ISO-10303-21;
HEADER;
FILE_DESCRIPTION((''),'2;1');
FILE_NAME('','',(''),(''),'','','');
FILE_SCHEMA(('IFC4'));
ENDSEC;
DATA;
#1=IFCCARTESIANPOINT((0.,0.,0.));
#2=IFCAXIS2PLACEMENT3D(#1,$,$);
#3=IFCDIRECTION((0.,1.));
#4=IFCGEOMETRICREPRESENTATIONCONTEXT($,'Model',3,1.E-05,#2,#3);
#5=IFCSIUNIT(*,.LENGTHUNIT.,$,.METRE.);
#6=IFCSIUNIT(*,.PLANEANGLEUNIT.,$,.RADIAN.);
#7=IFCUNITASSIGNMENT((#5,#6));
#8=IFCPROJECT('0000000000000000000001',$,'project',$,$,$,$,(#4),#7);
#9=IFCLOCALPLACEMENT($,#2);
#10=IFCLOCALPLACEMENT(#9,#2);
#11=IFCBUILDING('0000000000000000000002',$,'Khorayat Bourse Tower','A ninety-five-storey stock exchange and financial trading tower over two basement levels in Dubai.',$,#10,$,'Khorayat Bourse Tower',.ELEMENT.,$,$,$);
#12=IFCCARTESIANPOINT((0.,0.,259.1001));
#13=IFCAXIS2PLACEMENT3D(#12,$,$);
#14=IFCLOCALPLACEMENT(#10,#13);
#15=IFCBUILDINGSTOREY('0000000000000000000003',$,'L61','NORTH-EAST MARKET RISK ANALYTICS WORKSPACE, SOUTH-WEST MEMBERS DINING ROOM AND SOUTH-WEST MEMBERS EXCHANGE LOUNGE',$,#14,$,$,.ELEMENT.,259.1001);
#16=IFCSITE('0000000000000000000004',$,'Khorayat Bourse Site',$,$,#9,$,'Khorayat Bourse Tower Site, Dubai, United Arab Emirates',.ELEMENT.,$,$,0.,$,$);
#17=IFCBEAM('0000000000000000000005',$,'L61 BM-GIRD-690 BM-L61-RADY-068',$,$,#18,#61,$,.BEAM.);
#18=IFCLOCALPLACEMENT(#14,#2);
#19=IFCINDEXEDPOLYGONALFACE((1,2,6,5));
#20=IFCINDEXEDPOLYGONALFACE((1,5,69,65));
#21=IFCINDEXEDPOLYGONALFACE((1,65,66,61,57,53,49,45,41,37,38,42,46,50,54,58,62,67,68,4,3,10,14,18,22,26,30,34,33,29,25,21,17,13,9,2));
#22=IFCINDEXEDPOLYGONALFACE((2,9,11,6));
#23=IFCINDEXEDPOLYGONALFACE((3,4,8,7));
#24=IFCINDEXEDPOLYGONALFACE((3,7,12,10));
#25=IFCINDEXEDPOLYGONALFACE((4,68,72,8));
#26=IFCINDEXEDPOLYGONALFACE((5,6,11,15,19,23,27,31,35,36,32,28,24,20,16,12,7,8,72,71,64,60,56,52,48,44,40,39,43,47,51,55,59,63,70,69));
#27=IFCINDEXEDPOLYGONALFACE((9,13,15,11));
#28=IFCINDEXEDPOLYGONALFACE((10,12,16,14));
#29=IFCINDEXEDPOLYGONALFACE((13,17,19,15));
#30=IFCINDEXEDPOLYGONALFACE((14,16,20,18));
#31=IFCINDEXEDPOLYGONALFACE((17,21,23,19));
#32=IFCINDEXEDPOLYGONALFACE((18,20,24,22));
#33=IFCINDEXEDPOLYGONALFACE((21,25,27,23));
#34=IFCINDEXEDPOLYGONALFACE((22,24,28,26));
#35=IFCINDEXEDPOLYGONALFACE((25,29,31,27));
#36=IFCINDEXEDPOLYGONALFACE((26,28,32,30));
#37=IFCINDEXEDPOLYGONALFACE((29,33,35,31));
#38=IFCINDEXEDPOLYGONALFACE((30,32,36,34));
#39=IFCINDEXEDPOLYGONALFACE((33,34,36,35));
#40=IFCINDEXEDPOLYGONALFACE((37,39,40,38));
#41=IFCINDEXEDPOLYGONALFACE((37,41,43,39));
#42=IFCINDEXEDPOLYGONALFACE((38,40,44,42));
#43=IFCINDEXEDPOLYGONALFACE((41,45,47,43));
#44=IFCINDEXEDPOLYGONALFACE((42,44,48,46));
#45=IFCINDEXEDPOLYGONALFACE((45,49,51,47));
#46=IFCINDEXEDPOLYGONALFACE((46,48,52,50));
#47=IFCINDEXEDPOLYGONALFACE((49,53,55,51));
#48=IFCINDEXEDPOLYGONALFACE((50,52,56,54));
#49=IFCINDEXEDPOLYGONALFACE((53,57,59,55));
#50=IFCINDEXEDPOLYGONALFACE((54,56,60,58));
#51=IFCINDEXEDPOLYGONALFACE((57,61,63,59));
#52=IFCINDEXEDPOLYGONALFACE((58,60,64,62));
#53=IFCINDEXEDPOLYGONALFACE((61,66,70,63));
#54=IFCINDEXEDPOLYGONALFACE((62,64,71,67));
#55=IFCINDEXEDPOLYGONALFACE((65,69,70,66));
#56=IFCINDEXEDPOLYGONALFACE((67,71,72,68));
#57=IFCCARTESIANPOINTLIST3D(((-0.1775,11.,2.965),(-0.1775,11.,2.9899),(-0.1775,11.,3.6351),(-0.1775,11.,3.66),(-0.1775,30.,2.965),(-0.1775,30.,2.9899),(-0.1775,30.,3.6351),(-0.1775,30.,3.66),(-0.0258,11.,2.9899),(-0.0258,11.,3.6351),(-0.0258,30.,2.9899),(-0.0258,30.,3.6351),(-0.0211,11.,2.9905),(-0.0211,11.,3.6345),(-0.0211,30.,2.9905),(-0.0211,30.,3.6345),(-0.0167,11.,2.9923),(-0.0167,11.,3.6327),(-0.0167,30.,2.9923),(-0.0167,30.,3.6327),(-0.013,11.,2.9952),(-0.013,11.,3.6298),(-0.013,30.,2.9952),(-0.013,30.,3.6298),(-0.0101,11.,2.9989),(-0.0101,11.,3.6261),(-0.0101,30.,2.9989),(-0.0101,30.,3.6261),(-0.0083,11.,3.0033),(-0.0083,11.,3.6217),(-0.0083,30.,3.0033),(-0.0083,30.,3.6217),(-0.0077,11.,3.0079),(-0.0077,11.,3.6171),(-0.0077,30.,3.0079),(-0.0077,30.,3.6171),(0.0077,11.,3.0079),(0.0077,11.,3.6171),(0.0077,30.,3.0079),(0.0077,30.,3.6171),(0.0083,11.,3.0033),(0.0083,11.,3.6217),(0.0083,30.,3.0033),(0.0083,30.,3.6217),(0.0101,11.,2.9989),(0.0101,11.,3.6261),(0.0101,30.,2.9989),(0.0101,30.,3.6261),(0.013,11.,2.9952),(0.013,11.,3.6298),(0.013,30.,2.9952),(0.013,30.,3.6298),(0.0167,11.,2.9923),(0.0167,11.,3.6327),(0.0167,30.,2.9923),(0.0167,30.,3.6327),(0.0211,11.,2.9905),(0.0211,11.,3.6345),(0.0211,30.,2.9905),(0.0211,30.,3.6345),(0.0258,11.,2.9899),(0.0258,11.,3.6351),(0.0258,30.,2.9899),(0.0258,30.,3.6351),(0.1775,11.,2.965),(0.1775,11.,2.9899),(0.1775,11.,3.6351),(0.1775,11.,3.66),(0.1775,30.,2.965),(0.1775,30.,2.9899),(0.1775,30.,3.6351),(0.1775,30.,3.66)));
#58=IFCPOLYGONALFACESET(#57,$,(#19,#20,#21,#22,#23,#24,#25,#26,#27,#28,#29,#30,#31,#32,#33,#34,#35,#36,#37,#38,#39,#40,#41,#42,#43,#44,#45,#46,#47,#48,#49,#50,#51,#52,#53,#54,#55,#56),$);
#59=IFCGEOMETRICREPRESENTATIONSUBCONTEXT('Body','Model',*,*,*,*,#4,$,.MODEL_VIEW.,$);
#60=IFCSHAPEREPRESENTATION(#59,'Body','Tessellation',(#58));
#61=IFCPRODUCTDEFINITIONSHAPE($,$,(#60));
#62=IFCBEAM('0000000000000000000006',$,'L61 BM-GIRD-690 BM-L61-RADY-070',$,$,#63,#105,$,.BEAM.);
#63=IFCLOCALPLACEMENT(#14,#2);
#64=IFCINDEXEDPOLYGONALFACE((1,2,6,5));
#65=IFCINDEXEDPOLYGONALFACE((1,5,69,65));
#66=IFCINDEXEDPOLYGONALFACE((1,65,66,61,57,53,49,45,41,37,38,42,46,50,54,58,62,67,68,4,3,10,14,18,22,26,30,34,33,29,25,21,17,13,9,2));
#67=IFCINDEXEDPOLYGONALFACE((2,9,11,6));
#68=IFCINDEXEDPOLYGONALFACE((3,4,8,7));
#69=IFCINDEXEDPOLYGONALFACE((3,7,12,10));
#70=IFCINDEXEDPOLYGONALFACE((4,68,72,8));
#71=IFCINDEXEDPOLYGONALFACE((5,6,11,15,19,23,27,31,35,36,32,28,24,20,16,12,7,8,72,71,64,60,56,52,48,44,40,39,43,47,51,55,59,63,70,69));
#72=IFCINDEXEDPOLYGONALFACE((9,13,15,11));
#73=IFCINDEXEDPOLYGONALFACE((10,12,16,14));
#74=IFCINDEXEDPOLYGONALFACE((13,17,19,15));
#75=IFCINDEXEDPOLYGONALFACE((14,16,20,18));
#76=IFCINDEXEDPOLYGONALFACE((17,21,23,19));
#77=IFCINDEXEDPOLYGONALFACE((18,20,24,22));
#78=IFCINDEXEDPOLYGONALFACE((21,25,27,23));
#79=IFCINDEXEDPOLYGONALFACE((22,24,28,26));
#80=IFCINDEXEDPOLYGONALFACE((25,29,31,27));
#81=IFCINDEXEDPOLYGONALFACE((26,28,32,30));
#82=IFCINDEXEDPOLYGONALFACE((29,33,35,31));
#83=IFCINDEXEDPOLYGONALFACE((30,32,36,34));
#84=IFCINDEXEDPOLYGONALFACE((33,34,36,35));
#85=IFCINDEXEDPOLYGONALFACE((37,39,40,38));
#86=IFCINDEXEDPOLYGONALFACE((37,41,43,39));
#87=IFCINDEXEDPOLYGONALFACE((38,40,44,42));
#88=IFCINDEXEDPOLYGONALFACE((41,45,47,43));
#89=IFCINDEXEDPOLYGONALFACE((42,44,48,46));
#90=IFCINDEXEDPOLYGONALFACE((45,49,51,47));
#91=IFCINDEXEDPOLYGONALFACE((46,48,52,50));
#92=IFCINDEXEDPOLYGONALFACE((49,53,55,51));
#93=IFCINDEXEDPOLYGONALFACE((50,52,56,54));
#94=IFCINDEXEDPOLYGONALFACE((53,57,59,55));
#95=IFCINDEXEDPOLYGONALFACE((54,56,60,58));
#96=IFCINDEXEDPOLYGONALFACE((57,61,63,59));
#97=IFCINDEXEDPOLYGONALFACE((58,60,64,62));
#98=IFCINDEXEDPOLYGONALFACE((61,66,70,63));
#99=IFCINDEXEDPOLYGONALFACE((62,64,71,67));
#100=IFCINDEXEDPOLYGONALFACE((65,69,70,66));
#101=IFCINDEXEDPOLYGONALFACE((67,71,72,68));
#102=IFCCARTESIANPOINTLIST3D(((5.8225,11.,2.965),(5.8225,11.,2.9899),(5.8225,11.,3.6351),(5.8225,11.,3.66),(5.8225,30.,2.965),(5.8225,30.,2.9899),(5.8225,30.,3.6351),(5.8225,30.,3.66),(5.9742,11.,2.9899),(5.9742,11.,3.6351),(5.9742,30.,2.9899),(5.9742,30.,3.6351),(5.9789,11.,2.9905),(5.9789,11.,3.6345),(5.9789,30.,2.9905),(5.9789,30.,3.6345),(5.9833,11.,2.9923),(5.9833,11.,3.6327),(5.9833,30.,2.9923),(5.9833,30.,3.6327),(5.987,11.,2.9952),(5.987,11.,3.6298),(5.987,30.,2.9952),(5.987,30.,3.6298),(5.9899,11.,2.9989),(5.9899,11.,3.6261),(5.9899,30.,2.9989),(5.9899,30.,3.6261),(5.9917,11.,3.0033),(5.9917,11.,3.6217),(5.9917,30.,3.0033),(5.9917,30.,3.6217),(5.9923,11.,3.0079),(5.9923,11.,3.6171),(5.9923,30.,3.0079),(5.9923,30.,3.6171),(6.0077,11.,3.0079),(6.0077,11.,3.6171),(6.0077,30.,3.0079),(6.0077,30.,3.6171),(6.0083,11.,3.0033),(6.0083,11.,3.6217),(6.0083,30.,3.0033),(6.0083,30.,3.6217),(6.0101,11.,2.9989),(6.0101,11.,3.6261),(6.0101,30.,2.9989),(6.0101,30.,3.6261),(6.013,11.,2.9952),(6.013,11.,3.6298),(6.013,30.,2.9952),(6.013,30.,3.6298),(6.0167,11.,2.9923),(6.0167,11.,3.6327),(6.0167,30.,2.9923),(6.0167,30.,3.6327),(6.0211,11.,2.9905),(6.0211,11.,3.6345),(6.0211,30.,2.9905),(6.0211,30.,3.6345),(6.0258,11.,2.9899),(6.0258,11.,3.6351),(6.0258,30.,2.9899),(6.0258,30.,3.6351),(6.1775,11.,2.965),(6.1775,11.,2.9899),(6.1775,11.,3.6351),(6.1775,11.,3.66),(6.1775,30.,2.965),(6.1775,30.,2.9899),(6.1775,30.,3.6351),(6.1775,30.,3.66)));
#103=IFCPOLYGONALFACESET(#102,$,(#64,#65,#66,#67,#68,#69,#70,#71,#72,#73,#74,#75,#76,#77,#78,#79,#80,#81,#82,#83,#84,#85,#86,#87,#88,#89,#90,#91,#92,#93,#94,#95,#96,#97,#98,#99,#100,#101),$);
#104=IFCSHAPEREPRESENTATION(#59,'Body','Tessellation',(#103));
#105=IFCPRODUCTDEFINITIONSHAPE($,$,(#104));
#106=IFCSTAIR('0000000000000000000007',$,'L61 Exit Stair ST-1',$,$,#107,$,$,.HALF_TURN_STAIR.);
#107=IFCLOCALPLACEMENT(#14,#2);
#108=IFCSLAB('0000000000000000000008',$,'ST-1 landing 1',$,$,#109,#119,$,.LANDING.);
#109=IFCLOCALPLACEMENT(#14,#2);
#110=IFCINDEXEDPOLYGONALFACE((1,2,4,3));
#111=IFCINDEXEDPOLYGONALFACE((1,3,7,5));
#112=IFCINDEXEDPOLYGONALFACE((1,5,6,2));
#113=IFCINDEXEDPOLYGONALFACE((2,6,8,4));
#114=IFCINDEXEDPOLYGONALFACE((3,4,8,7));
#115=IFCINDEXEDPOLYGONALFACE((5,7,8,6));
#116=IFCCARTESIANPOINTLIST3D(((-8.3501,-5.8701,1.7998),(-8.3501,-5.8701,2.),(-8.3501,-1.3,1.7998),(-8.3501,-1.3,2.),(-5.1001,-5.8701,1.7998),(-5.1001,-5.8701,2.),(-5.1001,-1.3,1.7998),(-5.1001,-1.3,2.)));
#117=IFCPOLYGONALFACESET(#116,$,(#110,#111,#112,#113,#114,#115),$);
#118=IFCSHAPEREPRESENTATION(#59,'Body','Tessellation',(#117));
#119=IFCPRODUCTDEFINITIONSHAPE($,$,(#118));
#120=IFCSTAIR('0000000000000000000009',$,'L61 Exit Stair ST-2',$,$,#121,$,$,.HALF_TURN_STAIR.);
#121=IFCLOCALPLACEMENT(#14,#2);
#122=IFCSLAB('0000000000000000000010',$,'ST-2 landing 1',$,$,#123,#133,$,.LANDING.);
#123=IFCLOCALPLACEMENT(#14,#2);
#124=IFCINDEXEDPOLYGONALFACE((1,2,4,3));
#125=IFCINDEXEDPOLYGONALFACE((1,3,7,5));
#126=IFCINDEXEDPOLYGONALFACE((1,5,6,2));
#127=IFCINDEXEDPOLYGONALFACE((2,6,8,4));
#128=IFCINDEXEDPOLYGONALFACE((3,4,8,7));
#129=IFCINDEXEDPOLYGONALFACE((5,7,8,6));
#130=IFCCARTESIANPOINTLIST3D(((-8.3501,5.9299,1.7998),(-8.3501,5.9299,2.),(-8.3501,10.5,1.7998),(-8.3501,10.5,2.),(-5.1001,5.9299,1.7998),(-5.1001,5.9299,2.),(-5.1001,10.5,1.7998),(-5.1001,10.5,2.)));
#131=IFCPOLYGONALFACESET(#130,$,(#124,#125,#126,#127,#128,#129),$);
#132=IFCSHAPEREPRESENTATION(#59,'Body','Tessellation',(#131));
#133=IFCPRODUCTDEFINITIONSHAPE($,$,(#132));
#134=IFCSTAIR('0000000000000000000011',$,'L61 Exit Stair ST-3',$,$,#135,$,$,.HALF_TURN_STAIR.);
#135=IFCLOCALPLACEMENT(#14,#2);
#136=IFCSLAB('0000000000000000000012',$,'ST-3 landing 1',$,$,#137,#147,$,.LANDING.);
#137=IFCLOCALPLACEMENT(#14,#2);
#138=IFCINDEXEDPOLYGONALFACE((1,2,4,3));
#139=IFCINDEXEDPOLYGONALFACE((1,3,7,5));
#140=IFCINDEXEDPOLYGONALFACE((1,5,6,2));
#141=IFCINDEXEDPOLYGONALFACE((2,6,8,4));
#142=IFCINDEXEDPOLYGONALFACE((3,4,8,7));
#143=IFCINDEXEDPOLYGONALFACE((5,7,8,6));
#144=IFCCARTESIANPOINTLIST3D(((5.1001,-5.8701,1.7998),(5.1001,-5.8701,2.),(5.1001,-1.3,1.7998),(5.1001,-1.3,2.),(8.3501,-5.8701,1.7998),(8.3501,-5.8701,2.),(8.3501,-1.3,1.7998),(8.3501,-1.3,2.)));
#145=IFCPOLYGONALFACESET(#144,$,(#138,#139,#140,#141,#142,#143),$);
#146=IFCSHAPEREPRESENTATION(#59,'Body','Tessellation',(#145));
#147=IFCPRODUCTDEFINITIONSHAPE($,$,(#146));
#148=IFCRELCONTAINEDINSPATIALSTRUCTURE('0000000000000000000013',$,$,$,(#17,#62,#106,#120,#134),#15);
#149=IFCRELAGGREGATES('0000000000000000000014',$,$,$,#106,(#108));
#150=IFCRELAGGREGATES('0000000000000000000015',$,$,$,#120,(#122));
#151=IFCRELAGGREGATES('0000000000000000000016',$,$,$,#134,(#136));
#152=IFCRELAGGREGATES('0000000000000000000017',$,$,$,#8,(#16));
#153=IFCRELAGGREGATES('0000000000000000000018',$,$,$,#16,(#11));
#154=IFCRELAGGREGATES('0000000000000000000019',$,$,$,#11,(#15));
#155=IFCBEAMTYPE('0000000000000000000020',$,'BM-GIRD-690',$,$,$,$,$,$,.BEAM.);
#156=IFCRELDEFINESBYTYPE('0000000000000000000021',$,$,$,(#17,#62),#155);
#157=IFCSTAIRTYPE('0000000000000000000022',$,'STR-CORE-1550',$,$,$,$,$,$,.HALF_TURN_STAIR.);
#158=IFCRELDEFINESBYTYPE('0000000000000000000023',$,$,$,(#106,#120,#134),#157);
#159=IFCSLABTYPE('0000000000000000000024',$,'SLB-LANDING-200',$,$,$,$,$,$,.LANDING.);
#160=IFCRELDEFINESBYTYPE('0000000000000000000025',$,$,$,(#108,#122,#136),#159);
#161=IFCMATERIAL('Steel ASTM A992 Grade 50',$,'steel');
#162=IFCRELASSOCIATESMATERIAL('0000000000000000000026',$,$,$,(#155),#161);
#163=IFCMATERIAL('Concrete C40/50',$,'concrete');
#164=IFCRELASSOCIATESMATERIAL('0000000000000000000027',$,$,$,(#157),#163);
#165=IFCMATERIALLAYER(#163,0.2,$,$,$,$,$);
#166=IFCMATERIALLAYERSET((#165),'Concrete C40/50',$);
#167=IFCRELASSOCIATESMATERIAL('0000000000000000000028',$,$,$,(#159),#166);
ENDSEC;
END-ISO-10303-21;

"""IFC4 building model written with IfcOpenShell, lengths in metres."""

from ifc_helpers import new_model, si_unit, direction, frame, origin, origin_2d, place, context, subcontext, project, spatial, polyline, i_section, outline, extrude, source, transform, mapped, material, layer, layer_set, material_profile, profile_set, type_object, element, aggregate, save


model = new_model("IFC4")

# Units and contexts
model_context = context("Model", 3, precision=1e-05, world=origin(), true_north=direction((0.0, 1.0)))
body_context = subcontext(model_context, "Body", "Model", "MODEL_VIEW")
ifc_project = project(units=[si_unit("LENGTHUNIT", "METRE"), si_unit("PLANEANGLEUNIT", "RADIAN")], contexts=[model_context])

# Site, building, storey
site_placement = place(None, origin())
site = spatial("IfcSite", under=ifc_project, at=site_placement, Name="Khorayat Bourse Site", LongName="Khorayat Bourse Tower Site, Dubai, United Arab Emirates", CompositionType="ELEMENT", RefElevation=0.0)
building_placement = place(site_placement, origin())
building = spatial("IfcBuilding", under=site, at=building_placement, Name="Khorayat Bourse Tower", Description="A ninety-five-storey stock exchange and financial trading tower over two basement levels in Dubai.", LongName="Khorayat Bourse Tower", CompositionType="ELEMENT")
storey_placement = place(building_placement, frame((0.0, 0.0, 259.1001)))
storey = spatial("IfcBuildingStorey", under=building, at=storey_placement, Name="L61", Description="NORTH-EAST MARKET RISK ANALYTICS WORKSPACE, SOUTH-WEST MEMBERS DINING ROOM AND SOUTH-WEST MEMBERS EXCHANGE LOUNGE", CompositionType="ELEMENT", Elevation=259.1001)

# Beams
ifc_material_1 = material(Name="Steel ASTM A992 Grade 50", Category="steel")
ifc_material_profile_1 = material_profile(ifc_material_1, i_section(OverallWidth=0.355, OverallDepth=0.6951, WebThickness=0.0154, FlangeThickness=0.0249, FilletRadius=0.0181, at=origin_2d()), Name="W690X217")
ifc_profile_set_1 = profile_set([ifc_material_profile_1], Name="Steel ASTM A992 Grade 50")
beam_type_1 = type_object("IfcBeamType", Name="BM-GIRD-690", PredefinedType="BEAM", material=ifc_profile_set_1)
shared_shape_1 = source(origin(), body_context, "Body", "SweptSolid", [
    extrude(i_section(OverallWidth=0.355, OverallDepth=0.6951, WebThickness=0.0154, FlangeThickness=0.0249, FilletRadius=0.0181, at=origin_2d()), origin(), (0.0, 0.0, 1.0), 19.0),
])
for number, where, z_axis, x_axis, name in (
    (1, (0.0, 11.0, 3.3125), (0.0, 1.0, 0.0), (-1.0, 0.0, 0.0), "L61 BM-GIRD-690 BM-L61-RADY-068"),
    (2, (6.0, 11.0, 3.3125), (0.0, 1.0, 0.0), (-1.0, 0.0, 0.0), "L61 BM-GIRD-690 BM-L61-RADY-070"),
):
    element("IfcBeam", number, at=place(storey_placement, frame(where, z_axis=z_axis, x_axis=x_axis)), inside=storey, type_object=beam_type_1, Name=name, PredefinedType="BEAM", context=body_context, shape_type="MappedRepresentation", body=[
        mapped(shared_shape_1, transform((0.0, 0.0, 0.0), scale=1.0)),
    ])

# Stairs, slabs
ifc_material_2 = material(Name="Concrete C40/50", Category="concrete")
stair_type = type_object("IfcStairType", Name="STR-CORE-1550", PredefinedType="HALF_TURN_STAIR", material=ifc_material_2)
stair_1_placement = place(storey_placement, origin())
stair_1 = element("IfcStair", 3, at=stair_1_placement, inside=storey, type_object=stair_type, Name="L61 Exit Stair ST-1", PredefinedType="HALF_TURN_STAIR")
ifc_layer_1 = layer(ifc_material_2, 0.2)
ifc_layer_set_1 = layer_set([ifc_layer_1], Name="Concrete C40/50")
slab_type_1 = type_object("IfcSlabType", Name="SLB-LANDING-200", PredefinedType="LANDING", material=ifc_layer_set_1)
slab_1_placement = place(storey_placement, frame((0.0, 0.0, 1.7998)))
slab_1 = element("IfcSlab", 4, at=slab_1_placement, type_object=slab_type_1, Name="ST-1 landing 1", PredefinedType="LANDING", context=body_context, shape_type="SweptSolid", body=[
    extrude(outline(polyline([(-5.1001, -5.8701), (-5.1001, -1.3), (-8.3501, -1.3), (-8.3501, -5.8701), (-5.1001, -5.8701)])), origin(), (0.0, 0.0, 1.0), 0.2002),
])
aggregate(stair_1, [slab_1])
stair_2_placement = place(storey_placement, origin())
stair_2 = element("IfcStair", 5, at=stair_2_placement, inside=storey, type_object=stair_type, Name="L61 Exit Stair ST-2", PredefinedType="HALF_TURN_STAIR")
slab_2_placement = place(storey_placement, frame((0.0, 0.0, 1.7998)))
slab_2 = element("IfcSlab", 6, at=slab_2_placement, type_object=slab_type_1, Name="ST-2 landing 1", PredefinedType="LANDING", context=body_context, shape_type="SweptSolid", body=[
    extrude(outline(polyline([(-5.1001, 5.9299), (-5.1001, 10.5), (-8.3501, 10.5), (-8.3501, 5.9299), (-5.1001, 5.9299)])), origin(), (0.0, 0.0, 1.0), 0.2002),
])
aggregate(stair_2, [slab_2])
stair_3_placement = place(storey_placement, origin())
stair_3 = element("IfcStair", 7, at=stair_3_placement, inside=storey, type_object=stair_type, Name="L61 Exit Stair ST-3", PredefinedType="HALF_TURN_STAIR")
slab_3_placement = place(storey_placement, frame((0.0, 0.0, 1.7998)))
slab_3 = element("IfcSlab", 8, at=slab_3_placement, type_object=slab_type_1, Name="ST-3 landing 1", PredefinedType="LANDING", context=body_context, shape_type="SweptSolid", body=[
    extrude(outline(polyline([(8.3501, -5.8701), (8.3501, -1.3), (5.1001, -1.3), (5.1001, -5.8701), (8.3501, -5.8701)])), origin(), (0.0, 0.0, 1.0), 0.2002),
])
aggregate(stair_3, [slab_3])

save(model, "model.ifc")
